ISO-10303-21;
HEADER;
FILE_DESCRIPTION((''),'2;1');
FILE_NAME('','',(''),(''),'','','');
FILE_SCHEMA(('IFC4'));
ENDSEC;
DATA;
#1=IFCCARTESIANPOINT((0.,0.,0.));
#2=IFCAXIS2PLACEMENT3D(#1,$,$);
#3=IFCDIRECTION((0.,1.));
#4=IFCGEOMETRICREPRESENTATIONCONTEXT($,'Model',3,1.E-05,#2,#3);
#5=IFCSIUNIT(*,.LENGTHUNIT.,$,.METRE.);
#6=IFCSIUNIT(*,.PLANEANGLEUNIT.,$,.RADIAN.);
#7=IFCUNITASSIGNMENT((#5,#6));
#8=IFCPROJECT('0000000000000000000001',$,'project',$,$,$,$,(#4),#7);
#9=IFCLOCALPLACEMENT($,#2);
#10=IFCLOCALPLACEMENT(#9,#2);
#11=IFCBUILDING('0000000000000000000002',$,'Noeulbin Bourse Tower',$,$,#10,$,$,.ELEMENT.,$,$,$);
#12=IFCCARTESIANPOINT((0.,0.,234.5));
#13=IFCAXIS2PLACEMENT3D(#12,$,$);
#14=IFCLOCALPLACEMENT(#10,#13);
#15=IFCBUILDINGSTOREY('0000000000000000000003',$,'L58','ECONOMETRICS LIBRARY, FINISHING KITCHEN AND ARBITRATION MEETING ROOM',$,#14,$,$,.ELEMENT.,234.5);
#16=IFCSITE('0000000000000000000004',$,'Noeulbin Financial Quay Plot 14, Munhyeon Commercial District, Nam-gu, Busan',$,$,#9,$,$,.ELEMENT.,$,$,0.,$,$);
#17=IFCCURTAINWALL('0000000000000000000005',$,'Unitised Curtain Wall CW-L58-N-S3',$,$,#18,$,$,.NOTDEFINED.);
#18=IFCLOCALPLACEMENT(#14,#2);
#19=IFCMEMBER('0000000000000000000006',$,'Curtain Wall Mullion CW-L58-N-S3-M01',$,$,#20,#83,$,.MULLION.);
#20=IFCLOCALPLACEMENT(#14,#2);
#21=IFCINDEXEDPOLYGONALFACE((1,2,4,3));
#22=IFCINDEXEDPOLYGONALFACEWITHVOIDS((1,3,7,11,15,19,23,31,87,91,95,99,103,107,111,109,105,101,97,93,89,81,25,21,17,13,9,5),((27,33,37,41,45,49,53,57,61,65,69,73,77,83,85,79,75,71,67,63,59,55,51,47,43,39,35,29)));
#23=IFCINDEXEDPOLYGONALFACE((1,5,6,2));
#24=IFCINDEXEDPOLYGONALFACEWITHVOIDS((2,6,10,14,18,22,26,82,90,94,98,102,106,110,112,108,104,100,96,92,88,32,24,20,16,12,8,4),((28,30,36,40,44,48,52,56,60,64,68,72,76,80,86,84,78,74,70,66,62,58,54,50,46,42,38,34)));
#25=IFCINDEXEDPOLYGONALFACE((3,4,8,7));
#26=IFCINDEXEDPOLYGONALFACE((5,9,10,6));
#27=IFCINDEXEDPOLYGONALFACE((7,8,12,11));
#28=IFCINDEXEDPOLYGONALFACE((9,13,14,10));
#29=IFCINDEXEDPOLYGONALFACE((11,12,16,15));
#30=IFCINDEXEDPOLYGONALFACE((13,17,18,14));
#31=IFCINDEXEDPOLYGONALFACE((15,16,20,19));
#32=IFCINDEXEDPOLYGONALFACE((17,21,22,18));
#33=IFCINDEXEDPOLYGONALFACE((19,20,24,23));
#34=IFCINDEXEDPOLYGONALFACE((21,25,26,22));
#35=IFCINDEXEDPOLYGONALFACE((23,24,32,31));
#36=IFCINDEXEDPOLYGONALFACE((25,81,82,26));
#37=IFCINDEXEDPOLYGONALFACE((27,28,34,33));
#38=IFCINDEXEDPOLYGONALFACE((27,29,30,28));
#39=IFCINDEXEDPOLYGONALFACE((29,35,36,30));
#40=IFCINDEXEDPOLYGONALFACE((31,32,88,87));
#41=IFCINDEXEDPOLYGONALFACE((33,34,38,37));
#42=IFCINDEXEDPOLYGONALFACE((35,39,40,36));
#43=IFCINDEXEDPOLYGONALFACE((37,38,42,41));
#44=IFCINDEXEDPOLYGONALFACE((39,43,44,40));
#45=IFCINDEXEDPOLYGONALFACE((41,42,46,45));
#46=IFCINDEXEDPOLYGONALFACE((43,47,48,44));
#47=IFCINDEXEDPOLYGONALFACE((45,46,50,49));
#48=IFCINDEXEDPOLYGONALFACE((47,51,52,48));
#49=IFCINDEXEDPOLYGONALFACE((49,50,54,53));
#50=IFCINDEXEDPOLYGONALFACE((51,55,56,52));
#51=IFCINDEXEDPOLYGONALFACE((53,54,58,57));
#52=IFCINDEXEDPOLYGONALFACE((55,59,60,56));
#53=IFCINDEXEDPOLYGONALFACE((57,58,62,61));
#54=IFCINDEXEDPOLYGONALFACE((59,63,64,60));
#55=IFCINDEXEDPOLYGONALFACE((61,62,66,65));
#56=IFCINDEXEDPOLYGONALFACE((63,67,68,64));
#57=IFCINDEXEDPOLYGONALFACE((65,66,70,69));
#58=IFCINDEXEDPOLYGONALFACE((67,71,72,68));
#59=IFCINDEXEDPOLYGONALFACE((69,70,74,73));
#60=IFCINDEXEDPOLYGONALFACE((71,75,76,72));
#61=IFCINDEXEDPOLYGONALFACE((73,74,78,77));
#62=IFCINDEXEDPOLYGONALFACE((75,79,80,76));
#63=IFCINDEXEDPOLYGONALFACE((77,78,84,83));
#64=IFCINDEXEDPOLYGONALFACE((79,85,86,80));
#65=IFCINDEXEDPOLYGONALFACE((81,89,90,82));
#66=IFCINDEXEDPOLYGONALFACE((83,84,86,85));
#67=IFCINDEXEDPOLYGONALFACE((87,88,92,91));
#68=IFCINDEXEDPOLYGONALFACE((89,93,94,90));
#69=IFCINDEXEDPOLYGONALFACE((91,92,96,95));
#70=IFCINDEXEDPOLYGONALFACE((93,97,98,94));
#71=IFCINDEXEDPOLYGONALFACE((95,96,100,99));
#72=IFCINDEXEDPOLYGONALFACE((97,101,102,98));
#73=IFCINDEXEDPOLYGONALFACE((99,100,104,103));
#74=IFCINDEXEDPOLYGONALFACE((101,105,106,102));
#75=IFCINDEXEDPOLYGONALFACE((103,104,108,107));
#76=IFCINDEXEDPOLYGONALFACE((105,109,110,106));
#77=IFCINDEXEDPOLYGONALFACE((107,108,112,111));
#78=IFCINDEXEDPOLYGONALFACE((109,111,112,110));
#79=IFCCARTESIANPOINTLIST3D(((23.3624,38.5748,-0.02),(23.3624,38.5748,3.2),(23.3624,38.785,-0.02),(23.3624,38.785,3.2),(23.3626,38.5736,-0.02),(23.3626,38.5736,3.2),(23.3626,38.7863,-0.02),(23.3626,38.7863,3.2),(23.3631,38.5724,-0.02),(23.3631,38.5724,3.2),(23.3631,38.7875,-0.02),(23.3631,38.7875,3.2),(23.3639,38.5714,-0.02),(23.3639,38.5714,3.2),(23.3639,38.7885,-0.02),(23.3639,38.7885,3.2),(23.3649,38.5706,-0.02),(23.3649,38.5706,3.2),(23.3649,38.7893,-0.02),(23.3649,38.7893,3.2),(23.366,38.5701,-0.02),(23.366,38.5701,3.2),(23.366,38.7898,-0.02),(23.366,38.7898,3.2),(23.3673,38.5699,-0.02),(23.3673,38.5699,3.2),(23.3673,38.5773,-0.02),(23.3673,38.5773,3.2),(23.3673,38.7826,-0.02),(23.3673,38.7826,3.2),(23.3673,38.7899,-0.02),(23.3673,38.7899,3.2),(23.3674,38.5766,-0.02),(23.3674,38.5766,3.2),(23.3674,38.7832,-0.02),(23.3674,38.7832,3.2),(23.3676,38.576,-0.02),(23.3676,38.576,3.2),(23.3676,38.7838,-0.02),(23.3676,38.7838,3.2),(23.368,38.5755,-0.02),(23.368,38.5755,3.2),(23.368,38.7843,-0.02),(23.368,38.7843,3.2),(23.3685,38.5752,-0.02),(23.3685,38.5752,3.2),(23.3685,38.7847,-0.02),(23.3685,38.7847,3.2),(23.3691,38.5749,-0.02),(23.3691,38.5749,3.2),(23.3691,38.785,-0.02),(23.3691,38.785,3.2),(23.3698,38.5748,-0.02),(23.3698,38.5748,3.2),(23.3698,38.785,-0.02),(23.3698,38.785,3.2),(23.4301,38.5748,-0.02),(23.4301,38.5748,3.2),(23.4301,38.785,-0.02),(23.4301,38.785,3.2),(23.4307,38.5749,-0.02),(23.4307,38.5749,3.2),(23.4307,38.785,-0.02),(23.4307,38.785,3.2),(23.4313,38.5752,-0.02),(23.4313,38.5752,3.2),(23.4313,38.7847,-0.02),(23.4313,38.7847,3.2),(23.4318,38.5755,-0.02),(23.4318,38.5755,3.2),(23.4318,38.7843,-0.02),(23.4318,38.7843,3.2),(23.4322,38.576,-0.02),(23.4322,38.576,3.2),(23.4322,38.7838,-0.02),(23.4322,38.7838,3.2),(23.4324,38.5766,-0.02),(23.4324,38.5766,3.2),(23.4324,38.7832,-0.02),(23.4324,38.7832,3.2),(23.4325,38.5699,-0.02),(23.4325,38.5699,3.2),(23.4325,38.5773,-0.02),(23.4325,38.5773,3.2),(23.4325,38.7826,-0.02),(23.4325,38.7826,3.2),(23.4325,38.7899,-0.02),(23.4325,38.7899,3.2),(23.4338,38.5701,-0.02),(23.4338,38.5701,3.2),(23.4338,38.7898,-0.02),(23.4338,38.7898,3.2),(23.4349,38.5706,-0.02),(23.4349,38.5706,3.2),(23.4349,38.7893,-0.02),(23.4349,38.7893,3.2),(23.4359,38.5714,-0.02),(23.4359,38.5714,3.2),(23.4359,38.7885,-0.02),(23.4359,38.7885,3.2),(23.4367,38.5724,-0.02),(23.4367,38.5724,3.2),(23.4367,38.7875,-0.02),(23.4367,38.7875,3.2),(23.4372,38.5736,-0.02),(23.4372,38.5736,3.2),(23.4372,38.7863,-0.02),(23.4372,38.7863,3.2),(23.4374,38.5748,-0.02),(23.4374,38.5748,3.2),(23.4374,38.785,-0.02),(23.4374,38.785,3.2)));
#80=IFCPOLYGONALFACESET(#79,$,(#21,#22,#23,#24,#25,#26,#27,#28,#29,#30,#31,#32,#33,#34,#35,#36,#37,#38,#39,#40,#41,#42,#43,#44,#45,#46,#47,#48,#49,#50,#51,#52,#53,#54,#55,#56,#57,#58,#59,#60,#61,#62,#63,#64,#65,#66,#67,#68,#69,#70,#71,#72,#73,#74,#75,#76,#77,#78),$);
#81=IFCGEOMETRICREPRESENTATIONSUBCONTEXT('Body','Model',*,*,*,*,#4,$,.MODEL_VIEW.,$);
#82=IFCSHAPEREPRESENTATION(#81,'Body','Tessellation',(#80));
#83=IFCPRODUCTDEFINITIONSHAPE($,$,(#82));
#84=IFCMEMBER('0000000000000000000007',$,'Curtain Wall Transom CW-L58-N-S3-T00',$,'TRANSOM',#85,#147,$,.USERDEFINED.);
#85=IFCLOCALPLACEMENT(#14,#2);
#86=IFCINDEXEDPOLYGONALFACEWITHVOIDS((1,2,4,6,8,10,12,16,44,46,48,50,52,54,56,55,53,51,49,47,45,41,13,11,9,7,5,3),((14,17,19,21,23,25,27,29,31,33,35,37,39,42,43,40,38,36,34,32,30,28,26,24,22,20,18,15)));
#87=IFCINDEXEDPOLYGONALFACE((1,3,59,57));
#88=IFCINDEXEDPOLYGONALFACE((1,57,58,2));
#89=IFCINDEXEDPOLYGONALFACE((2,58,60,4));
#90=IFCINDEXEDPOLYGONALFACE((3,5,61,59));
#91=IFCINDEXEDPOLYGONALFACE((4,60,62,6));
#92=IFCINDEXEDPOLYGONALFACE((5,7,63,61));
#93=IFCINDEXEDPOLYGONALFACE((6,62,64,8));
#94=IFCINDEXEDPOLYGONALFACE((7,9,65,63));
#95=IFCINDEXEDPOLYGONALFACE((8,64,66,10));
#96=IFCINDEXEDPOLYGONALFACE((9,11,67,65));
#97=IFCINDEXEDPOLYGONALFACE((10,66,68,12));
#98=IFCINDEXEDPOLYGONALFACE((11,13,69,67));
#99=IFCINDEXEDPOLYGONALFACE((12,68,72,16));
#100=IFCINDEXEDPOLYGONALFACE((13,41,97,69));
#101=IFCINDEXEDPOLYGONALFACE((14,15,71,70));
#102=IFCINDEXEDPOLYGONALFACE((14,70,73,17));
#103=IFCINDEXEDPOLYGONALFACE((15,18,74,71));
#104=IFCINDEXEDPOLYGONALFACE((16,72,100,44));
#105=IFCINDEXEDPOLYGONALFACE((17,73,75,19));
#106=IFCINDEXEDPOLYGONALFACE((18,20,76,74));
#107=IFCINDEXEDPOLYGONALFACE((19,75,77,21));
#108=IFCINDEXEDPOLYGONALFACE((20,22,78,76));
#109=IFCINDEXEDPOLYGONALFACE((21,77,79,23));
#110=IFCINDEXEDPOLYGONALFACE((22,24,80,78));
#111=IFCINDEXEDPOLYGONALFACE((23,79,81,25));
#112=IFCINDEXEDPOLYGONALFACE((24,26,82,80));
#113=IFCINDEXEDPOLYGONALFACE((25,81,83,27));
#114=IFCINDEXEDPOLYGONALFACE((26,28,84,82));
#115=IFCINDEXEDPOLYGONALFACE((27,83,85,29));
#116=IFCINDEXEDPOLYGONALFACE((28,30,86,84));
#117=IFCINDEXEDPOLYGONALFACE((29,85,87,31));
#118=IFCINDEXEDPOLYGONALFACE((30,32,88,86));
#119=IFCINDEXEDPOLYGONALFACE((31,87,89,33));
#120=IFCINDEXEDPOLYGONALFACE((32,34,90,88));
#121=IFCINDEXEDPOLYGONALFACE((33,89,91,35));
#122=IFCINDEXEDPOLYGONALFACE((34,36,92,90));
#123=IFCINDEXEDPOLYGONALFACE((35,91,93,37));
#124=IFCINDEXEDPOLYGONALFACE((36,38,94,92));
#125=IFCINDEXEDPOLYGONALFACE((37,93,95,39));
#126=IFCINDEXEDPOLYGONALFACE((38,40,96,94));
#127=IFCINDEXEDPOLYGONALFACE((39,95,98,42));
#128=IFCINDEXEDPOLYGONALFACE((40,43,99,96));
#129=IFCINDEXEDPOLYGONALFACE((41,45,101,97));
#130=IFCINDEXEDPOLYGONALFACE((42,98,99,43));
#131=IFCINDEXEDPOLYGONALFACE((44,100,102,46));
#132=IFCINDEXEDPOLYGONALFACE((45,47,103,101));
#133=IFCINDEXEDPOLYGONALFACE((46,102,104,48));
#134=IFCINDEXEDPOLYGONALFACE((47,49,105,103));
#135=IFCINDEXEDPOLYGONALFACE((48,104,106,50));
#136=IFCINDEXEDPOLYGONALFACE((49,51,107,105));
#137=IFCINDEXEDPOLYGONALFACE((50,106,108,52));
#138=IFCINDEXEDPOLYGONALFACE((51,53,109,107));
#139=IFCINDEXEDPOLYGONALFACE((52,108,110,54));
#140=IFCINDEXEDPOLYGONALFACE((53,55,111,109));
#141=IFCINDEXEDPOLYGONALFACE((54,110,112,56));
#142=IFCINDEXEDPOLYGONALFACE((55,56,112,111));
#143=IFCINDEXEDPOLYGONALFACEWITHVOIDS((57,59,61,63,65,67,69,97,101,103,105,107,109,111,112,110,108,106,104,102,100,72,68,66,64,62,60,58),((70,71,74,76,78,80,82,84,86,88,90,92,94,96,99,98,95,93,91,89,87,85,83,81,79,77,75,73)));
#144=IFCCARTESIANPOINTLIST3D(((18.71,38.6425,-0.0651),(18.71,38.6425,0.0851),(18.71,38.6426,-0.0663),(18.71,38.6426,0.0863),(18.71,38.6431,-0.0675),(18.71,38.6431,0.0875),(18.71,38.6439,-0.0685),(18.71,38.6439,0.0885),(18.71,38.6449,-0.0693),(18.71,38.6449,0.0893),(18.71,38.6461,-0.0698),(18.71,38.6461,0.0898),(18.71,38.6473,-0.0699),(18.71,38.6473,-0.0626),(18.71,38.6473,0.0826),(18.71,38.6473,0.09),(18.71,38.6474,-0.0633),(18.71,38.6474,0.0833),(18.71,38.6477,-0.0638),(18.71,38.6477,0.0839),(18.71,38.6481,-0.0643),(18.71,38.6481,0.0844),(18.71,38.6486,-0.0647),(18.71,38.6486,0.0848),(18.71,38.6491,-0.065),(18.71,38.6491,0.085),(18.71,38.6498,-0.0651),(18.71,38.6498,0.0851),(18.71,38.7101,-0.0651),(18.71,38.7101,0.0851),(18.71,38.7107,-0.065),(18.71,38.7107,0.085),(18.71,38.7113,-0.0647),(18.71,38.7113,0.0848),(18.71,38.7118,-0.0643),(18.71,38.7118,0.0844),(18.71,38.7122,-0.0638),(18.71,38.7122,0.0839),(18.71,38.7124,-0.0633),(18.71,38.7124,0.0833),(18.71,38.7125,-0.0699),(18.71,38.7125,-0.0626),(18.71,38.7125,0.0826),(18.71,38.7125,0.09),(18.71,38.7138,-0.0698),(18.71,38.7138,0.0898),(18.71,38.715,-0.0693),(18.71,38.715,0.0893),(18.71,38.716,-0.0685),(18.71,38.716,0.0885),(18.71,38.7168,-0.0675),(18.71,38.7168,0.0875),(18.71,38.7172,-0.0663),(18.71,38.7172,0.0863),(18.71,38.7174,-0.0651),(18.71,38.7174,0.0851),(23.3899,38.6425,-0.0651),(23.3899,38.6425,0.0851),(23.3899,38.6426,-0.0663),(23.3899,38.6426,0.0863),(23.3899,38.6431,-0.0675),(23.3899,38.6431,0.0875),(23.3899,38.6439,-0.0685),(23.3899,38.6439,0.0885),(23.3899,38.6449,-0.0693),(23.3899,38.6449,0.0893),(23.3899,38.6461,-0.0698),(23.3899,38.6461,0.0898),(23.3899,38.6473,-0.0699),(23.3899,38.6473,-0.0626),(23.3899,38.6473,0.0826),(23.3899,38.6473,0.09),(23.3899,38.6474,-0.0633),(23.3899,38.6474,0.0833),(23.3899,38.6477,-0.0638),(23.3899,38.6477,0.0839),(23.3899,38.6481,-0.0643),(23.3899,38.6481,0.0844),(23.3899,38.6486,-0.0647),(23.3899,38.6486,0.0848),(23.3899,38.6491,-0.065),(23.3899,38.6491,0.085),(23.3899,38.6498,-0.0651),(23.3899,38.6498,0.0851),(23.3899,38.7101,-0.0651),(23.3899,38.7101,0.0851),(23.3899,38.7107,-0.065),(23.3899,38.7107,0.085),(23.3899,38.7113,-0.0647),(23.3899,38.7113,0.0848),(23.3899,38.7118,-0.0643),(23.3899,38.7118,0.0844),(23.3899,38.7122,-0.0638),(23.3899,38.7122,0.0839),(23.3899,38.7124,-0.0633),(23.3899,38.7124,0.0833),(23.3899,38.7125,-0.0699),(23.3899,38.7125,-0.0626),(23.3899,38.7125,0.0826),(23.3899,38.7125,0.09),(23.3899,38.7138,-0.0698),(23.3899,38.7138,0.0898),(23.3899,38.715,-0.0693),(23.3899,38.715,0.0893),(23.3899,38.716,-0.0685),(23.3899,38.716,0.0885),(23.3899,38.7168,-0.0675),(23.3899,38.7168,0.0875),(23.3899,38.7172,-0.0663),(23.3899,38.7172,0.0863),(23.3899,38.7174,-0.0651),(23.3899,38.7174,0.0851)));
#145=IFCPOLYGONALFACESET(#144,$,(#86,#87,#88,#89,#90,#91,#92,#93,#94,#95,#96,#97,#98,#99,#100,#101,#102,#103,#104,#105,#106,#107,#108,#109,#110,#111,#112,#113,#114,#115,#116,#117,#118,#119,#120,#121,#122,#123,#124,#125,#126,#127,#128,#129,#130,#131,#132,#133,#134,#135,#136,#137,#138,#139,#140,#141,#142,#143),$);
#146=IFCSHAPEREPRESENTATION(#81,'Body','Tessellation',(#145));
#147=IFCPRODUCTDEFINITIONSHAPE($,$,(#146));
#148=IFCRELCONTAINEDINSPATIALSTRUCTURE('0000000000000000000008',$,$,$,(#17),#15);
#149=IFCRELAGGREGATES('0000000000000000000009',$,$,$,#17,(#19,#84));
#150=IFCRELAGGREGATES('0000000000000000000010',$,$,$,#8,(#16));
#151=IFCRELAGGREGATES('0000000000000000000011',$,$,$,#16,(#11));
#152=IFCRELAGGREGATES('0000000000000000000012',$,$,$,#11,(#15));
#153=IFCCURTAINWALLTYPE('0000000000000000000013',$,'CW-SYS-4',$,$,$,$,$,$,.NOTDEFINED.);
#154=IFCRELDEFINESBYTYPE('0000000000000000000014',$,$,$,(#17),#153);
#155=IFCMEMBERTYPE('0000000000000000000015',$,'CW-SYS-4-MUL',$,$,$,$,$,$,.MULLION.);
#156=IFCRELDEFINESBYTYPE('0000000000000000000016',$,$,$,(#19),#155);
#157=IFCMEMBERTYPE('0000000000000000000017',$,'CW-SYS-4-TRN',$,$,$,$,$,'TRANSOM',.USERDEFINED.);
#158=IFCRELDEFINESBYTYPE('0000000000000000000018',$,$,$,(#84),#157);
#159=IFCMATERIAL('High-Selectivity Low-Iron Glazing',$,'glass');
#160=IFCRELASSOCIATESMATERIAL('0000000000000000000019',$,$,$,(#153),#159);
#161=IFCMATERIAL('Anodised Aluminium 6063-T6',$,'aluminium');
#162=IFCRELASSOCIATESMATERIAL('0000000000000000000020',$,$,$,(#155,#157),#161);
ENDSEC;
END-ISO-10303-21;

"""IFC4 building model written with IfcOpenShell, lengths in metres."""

from ifc_helpers import new_model, si_unit, direction, frame, origin, origin_2d, place, context, subcontext, project, spatial, hollow_rectangle, extrude, material, material_profile, profile_set, type_object, element, aggregate, save


model = new_model("IFC4")

# Units and contexts
model_context = context("Model", 3, precision=1e-05, world=origin(), true_north=direction((0.0, 1.0)))
body_context = subcontext(model_context, "Body", "Model", "MODEL_VIEW")
ifc_project = project(units=[si_unit("LENGTHUNIT", "METRE"), si_unit("PLANEANGLEUNIT", "RADIAN")], contexts=[model_context])

# Site, building, storey
site_placement = place(None, origin())
site = spatial("IfcSite", under=ifc_project, at=site_placement, Name="Noeulbin Financial Quay Plot 14, Munhyeon Commercial District, Nam-gu, Busan", CompositionType="ELEMENT", RefElevation=0.0)
building_placement = place(site_placement, origin())
building = spatial("IfcBuilding", under=site, at=building_placement, Name="Noeulbin Bourse Tower", CompositionType="ELEMENT")
storey_placement = place(building_placement, frame((0.0, 0.0, 234.5)))
storey = spatial("IfcBuildingStorey", under=building, at=storey_placement, Name="L58", Description="ECONOMETRICS LIBRARY, FINISHING KITCHEN AND ARBITRATION MEETING ROOM", CompositionType="ELEMENT", Elevation=234.5)

# Curtain wall, members
ifc_material_1 = material(Name="High-Selectivity Low-Iron Glazing", Category="glass")
curtain_wall_type = type_object("IfcCurtainWallType", Name="CW-SYS-4", PredefinedType="NOTDEFINED", material=ifc_material_1)
curtain_wall_placement = place(storey_placement, origin())
curtain_wall = element("IfcCurtainWall", 1, at=curtain_wall_placement, inside=storey, type_object=curtain_wall_type, Name="Unitised Curtain Wall CW-L58-N-S3", PredefinedType="NOTDEFINED")
ifc_material_2 = material(Name="Anodised Aluminium 6063-T6", Category="aluminium")
ifc_material_profile_1 = material_profile(ifc_material_2, hollow_rectangle(XDim=0.075, YDim=0.22, WallThickness=0.0049, InnerFilletRadius=0.0024, OuterFilletRadius=0.0049, at=origin_2d()), Name="ALU-MULL-75x220x5", Category="LoadBearing")
ifc_profile_set_1 = profile_set([ifc_material_profile_1], Name="Anodised Aluminium 6063-T6")
member_type_1 = type_object("IfcMemberType", Name="CW-SYS-4-MUL", PredefinedType="MULLION", material=ifc_profile_set_1)
member_1_placement = place(storey_placement, frame((23.3999, 38.6799, -0.02), z_axis=(0.0, 0.0, 1.0), x_axis=(1.0, 0.0, 0.0)))
member_1 = element("IfcMember", 2, at=member_1_placement, type_object=member_type_1, Name="Curtain Wall Mullion CW-L58-N-S3-M01", PredefinedType="MULLION", context=body_context, shape_type="SweptSolid", body=[
    extrude(hollow_rectangle(XDim=0.075, YDim=0.22, WallThickness=0.0049, InnerFilletRadius=0.0024, OuterFilletRadius=0.0049, at=origin_2d()), origin(), (0.0, 0.0, 1.0), 3.22),
])
ifc_material_profile_2 = material_profile(ifc_material_2, hollow_rectangle(XDim=0.075, YDim=0.1599, WallThickness=0.0049, InnerFilletRadius=0.0024, OuterFilletRadius=0.0049, at=origin_2d()), Name="ALU-TRAN-75x160x5", Category="LoadBearing")
ifc_profile_set_2 = profile_set([ifc_material_profile_2], Name="Anodised Aluminium 6063-T6")
member_type_2 = type_object("IfcMemberType", Name="CW-SYS-4-TRN", ElementType="TRANSOM", PredefinedType="USERDEFINED", material=ifc_profile_set_2)
member_2_placement = place(storey_placement, frame((18.71, 38.6799, 0.01), z_axis=(1.0, 0.0, 0.0), x_axis=(0.0, 1.0, 0.0)))
member_2 = element("IfcMember", 3, at=member_2_placement, type_object=member_type_2, Name="Curtain Wall Transom CW-L58-N-S3-T00", ObjectType="TRANSOM", PredefinedType="USERDEFINED", context=body_context, shape_type="SweptSolid", body=[
    extrude(hollow_rectangle(XDim=0.075, YDim=0.1599, WallThickness=0.0049, InnerFilletRadius=0.0024, OuterFilletRadius=0.0049, at=origin_2d()), origin(), (0.0, 0.0, 1.0), 4.6799),
])
aggregate(curtain_wall, [member_1, member_2])

save(model, "model.ifc")
